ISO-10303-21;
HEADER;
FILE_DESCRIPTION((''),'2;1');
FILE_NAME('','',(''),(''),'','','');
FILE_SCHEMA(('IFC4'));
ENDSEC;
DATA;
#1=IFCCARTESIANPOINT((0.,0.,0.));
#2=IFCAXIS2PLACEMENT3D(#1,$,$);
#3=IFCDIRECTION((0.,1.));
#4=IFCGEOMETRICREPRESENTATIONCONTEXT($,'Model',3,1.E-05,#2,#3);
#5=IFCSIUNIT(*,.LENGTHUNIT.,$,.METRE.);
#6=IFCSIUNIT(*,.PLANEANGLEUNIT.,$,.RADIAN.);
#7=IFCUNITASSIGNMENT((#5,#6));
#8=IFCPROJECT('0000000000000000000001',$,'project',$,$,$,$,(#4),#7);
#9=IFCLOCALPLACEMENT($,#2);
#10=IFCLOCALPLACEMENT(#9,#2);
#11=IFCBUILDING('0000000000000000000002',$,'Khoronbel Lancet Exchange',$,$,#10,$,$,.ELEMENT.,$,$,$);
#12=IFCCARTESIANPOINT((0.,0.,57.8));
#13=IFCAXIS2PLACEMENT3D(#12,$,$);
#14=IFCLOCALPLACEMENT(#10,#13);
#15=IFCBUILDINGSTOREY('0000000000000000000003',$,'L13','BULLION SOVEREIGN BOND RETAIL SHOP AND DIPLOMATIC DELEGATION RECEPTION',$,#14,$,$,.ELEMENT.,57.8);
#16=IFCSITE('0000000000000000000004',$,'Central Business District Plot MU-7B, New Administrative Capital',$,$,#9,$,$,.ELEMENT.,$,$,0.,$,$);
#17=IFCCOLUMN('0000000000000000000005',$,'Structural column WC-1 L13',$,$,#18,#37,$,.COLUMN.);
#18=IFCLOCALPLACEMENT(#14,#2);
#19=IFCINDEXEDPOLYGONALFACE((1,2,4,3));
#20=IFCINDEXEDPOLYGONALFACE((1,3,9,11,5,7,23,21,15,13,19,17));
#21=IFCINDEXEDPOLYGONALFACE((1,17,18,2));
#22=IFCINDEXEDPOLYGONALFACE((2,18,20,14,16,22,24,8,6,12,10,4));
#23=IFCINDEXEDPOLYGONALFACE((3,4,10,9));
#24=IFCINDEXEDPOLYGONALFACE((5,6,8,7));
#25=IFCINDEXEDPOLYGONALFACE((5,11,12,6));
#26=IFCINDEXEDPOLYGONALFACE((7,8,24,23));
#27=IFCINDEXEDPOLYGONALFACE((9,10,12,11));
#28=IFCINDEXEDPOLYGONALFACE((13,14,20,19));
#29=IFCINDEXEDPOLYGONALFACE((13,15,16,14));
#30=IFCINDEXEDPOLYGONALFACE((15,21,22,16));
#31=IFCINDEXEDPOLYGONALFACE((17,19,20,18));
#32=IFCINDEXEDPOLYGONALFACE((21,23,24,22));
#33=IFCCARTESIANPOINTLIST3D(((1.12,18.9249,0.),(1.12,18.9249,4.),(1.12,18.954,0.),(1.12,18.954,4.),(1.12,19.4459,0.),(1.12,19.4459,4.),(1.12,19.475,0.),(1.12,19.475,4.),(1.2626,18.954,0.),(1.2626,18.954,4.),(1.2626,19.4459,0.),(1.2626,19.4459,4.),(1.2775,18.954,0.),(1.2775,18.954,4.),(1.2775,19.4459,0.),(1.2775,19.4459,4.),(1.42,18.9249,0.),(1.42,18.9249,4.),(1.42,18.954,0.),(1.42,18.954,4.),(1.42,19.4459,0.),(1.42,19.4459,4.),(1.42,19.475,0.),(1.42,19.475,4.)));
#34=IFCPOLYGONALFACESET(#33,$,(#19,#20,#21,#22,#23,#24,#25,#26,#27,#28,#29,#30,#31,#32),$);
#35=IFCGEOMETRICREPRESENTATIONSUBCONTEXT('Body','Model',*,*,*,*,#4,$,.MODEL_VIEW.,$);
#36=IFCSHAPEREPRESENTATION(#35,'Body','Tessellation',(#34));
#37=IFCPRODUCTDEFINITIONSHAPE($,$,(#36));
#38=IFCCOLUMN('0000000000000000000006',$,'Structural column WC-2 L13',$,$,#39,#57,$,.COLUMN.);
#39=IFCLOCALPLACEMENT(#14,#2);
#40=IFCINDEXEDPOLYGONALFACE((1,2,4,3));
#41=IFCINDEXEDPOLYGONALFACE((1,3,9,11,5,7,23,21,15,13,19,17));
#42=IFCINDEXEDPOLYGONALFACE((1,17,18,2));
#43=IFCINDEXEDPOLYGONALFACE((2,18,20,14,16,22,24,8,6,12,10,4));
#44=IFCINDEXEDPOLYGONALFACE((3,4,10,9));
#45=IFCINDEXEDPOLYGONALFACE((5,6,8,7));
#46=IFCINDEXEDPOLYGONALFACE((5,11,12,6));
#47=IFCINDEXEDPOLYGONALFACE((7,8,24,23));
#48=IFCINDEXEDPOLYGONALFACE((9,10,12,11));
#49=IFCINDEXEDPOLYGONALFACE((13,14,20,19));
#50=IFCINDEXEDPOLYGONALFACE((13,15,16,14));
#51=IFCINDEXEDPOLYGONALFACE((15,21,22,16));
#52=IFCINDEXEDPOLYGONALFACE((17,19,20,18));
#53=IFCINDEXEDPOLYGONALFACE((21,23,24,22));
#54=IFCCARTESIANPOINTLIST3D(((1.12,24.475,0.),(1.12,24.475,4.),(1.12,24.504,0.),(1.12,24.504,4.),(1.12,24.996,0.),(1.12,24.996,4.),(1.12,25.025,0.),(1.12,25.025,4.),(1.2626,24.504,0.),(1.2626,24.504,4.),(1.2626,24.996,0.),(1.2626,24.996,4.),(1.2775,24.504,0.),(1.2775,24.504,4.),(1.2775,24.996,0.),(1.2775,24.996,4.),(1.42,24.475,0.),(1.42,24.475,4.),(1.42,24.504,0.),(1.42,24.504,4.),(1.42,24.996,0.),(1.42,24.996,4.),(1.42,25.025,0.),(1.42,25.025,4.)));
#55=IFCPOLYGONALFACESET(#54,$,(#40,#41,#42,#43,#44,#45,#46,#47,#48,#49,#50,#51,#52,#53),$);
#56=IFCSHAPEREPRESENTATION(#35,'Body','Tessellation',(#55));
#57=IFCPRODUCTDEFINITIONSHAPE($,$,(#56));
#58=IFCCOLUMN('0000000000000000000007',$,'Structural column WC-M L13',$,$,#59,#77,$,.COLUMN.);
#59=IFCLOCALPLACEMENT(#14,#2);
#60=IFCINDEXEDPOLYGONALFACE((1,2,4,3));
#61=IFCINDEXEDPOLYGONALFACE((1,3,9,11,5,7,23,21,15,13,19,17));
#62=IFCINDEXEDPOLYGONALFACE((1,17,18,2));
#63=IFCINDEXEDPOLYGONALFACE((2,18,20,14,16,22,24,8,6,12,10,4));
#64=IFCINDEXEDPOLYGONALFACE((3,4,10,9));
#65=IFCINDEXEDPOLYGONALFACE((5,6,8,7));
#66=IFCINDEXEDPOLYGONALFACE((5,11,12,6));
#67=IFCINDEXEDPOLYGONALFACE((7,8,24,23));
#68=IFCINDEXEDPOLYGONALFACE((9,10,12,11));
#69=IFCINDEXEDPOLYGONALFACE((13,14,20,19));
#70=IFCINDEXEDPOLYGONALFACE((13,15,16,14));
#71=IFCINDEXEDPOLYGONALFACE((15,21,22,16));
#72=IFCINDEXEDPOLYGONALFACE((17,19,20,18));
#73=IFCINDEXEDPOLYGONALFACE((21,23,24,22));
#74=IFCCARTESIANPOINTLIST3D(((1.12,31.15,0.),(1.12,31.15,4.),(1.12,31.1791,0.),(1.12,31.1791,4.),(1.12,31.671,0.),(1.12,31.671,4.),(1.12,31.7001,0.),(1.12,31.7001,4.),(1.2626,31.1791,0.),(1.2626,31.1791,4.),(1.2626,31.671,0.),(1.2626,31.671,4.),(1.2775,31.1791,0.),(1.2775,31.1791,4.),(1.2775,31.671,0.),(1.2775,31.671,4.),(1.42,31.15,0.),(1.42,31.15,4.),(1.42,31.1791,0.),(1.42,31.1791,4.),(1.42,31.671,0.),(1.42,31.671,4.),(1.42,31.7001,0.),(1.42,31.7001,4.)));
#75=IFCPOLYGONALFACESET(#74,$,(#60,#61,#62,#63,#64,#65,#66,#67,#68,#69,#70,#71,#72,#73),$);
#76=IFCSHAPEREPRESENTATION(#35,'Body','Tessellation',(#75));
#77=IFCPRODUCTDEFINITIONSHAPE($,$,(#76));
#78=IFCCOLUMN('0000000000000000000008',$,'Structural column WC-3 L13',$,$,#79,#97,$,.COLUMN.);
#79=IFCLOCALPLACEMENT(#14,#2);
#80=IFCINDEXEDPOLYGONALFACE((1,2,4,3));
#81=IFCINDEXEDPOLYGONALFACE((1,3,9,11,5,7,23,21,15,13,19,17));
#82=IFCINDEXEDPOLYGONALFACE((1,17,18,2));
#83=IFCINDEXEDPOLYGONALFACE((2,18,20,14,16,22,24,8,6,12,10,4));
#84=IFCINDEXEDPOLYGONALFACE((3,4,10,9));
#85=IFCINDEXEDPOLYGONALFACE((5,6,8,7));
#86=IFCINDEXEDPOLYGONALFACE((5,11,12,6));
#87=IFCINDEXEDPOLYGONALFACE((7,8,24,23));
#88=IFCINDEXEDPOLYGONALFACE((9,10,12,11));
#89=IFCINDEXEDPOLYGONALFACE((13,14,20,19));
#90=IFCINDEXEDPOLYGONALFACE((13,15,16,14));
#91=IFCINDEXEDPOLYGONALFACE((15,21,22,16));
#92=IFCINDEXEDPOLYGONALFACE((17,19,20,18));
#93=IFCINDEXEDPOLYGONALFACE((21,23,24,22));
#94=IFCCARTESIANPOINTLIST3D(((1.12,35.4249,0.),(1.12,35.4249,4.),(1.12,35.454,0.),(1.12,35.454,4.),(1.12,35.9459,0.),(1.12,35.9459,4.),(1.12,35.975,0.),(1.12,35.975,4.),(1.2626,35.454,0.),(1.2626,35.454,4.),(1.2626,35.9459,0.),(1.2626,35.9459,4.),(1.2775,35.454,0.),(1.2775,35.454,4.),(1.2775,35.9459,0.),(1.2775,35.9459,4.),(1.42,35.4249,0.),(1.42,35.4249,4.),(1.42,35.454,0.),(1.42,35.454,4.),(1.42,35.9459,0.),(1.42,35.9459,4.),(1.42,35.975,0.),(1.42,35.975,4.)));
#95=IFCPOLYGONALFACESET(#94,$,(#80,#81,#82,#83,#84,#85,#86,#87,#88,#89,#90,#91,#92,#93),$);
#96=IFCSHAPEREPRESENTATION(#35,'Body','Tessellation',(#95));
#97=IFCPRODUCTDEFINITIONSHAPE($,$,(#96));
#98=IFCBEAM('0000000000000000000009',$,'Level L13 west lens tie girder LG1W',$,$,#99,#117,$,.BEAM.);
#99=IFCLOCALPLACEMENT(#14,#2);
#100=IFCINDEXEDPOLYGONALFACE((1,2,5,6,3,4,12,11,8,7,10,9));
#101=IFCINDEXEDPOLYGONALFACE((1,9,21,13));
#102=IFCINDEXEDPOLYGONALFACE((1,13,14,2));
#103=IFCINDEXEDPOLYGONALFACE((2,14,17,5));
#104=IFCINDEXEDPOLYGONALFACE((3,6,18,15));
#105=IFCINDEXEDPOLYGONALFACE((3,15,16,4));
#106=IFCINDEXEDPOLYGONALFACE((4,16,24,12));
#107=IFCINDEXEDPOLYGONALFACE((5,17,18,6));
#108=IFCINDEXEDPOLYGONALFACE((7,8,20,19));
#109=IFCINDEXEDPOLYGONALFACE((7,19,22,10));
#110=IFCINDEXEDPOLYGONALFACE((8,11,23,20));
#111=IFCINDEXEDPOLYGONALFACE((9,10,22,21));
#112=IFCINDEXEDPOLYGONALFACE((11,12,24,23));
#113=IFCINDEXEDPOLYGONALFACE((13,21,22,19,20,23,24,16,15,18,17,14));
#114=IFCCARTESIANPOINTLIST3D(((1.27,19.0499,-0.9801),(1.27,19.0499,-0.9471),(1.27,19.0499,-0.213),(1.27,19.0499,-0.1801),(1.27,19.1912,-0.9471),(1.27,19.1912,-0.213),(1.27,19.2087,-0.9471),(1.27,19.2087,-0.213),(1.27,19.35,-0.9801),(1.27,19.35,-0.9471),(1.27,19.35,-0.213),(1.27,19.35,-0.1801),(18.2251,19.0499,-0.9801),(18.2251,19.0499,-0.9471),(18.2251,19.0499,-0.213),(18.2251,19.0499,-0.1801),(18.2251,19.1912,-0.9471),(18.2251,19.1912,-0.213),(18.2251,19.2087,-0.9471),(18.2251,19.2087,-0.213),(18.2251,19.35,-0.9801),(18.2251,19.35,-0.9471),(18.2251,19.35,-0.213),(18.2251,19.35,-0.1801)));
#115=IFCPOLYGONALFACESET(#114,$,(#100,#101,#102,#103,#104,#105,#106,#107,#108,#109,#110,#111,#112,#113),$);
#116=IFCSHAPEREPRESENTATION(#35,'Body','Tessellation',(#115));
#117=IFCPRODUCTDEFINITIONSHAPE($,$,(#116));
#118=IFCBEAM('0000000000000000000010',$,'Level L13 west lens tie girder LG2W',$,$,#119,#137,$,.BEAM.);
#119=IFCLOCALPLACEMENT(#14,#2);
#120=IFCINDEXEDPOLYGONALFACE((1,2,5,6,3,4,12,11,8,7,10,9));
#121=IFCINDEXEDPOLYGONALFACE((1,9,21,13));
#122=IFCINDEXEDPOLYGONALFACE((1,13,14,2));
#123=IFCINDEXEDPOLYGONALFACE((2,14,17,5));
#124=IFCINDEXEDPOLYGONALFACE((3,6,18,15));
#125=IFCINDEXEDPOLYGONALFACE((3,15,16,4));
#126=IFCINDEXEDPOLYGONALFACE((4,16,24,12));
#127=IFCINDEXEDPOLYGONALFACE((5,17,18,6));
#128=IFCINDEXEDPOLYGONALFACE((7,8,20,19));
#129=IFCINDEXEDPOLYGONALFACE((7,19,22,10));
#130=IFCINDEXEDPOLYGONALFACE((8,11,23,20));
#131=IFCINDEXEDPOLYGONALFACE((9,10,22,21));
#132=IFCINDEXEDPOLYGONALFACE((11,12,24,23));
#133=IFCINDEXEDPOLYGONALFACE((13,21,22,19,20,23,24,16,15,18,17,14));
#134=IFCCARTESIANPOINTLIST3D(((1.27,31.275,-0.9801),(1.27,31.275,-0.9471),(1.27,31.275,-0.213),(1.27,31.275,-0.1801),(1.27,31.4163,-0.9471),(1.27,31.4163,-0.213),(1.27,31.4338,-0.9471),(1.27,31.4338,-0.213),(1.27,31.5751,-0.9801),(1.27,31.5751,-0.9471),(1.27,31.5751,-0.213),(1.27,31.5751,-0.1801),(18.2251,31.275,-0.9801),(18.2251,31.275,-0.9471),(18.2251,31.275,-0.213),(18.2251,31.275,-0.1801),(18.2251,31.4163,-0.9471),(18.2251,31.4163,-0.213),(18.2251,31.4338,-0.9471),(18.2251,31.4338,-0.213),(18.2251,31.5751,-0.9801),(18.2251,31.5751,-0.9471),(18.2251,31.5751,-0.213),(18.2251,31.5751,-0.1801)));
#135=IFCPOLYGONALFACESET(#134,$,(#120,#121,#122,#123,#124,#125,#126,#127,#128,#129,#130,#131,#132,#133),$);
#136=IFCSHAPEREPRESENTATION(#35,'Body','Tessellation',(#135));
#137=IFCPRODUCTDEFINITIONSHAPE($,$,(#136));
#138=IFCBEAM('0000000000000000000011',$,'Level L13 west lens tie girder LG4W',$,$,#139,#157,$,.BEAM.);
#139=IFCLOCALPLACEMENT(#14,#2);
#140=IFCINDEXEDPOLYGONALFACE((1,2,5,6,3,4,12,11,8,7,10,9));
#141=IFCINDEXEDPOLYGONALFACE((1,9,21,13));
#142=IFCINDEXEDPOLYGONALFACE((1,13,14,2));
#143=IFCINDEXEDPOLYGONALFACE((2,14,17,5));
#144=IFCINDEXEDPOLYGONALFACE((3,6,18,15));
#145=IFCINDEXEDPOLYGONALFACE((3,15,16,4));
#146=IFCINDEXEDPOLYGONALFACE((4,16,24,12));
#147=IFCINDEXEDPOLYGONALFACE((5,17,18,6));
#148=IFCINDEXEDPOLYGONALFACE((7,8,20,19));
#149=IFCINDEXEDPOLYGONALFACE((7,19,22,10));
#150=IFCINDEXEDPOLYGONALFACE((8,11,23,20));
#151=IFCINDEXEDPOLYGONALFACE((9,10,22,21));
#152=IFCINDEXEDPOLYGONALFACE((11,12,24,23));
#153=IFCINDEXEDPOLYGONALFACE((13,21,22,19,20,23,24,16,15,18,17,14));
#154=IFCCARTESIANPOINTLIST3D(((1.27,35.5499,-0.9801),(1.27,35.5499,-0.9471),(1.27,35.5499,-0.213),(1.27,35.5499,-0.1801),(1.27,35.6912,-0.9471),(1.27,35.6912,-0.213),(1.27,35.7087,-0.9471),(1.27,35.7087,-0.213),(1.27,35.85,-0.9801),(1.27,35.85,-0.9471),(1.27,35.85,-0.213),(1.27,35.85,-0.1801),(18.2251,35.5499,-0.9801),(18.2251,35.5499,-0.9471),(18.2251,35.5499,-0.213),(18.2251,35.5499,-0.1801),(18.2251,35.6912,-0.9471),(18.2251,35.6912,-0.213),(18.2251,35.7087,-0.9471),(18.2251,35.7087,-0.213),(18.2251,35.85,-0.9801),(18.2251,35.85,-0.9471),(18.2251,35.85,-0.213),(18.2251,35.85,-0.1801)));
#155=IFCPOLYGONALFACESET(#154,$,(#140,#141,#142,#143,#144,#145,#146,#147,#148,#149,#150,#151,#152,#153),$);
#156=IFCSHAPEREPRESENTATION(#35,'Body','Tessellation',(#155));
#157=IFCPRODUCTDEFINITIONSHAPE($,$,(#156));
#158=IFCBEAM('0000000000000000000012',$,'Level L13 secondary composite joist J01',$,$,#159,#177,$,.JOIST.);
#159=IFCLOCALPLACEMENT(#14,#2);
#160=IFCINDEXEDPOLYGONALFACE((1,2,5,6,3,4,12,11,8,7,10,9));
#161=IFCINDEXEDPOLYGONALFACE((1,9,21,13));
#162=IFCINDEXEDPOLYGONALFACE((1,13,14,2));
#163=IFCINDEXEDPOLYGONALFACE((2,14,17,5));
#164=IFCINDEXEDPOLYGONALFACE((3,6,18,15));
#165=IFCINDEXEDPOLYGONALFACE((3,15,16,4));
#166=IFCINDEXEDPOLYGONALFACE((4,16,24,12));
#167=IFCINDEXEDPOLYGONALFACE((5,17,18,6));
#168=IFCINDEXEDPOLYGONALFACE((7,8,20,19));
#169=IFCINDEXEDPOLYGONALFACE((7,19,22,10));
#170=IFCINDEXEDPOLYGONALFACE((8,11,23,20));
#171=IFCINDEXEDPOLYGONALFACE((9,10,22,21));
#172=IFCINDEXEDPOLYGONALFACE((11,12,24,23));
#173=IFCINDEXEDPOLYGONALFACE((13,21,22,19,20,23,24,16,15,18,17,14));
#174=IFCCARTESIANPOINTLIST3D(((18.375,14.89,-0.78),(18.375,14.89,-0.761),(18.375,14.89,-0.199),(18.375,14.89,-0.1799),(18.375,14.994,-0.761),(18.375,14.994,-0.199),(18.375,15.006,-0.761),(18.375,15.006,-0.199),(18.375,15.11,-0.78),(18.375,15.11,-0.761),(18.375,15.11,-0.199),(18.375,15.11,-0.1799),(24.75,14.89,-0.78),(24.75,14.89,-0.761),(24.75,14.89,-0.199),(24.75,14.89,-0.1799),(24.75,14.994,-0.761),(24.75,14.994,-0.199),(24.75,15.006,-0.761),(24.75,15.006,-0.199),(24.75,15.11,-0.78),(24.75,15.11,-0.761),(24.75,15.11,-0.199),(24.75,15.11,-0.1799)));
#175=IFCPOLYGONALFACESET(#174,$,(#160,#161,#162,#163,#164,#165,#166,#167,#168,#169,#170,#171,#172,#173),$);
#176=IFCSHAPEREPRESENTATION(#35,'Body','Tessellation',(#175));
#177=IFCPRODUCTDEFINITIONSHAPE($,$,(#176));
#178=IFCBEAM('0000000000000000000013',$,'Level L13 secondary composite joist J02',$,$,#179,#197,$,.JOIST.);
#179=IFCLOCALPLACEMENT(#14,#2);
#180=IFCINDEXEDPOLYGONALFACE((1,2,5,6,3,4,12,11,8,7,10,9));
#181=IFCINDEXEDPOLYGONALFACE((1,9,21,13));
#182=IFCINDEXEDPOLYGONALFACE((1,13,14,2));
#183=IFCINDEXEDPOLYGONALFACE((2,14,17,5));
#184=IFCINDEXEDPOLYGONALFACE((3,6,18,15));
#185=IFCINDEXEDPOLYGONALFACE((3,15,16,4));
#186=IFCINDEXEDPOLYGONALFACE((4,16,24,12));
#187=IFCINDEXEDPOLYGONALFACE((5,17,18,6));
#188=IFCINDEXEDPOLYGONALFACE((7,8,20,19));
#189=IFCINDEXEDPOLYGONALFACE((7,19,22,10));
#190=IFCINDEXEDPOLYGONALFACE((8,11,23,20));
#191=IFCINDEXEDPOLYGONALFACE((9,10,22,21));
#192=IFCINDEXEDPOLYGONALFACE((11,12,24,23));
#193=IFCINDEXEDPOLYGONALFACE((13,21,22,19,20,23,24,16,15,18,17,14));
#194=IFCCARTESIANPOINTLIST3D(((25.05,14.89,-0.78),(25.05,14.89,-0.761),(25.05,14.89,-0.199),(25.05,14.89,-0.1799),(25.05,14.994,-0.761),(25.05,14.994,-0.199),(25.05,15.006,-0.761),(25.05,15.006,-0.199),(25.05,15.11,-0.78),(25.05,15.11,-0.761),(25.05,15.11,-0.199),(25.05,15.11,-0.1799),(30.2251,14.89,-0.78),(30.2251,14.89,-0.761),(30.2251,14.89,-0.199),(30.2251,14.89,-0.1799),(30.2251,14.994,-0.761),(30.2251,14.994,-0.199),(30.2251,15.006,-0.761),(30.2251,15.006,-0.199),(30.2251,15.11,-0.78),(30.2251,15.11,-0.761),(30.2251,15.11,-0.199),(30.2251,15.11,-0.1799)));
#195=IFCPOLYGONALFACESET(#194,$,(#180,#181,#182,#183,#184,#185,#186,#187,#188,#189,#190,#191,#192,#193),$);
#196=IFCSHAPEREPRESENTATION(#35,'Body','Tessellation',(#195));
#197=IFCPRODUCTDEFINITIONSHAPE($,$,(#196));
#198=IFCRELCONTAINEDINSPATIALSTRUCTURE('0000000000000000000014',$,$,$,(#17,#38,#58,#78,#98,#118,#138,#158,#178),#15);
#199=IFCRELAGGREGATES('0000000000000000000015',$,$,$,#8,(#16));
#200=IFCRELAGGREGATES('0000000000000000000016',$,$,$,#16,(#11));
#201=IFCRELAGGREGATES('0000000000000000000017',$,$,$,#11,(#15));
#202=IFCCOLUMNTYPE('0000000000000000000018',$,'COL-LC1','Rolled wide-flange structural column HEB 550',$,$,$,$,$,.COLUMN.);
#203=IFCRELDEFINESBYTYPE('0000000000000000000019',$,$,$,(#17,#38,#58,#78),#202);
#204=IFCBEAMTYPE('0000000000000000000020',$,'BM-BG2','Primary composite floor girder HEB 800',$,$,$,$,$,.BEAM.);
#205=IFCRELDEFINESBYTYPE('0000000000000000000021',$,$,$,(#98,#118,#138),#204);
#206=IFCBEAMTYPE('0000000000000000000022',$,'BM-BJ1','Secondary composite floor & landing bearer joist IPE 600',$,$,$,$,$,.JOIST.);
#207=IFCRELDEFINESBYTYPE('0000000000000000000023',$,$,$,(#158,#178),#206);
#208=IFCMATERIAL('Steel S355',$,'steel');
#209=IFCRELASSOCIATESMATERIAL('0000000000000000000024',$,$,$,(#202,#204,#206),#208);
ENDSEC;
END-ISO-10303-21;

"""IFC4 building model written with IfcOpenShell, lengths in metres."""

from ifc_helpers import new_model, si_unit, direction, frame, origin, origin_2d, place, context, subcontext, project, spatial, i_section, extrude, material, material_profile, profile_set, type_object, element, save


model = new_model("IFC4")

# Units and contexts
model_context = context("Model", 3, precision=1e-05, world=origin(), true_north=direction((0.0, 1.0)))
body_context = subcontext(model_context, "Body", "Model", "MODEL_VIEW")
ifc_project = project(units=[si_unit("LENGTHUNIT", "METRE"), si_unit("PLANEANGLEUNIT", "RADIAN")], contexts=[model_context])

# Site, building, storey
site_placement = place(None, origin())
site = spatial("IfcSite", under=ifc_project, at=site_placement, Name="Central Business District Plot MU-7B, New Administrative Capital", CompositionType="ELEMENT", RefElevation=0.0)
building_placement = place(site_placement, origin())
building = spatial("IfcBuilding", under=site, at=building_placement, Name="Khoronbel Lancet Exchange", CompositionType="ELEMENT")
storey_placement = place(building_placement, frame((0.0, 0.0, 57.8)))
storey = spatial("IfcBuildingStorey", under=building, at=storey_placement, Name="L13", Description="BULLION SOVEREIGN BOND RETAIL SHOP AND DIPLOMATIC DELEGATION RECEPTION", CompositionType="ELEMENT", Elevation=57.8)

# Columns
ifc_material_1 = material(Name="Steel S355", Category="steel")
ifc_material_profile_1 = material_profile(ifc_material_1, i_section(OverallWidth=0.3, OverallDepth=0.55, WebThickness=0.0149, FlangeThickness=0.0291, at=origin_2d()), Name="HEB 550")
ifc_profile_set_1 = profile_set([ifc_material_profile_1], Name="Steel S355")
column_type = type_object("IfcColumnType", Name="COL-LC1", Description="Rolled wide-flange structural column HEB 550", PredefinedType="COLUMN", material=ifc_profile_set_1)
for number, where, z_axis, x_axis, name in (
    (1, (1.27, 19.2, 0.0), (0.0, 0.0, 1.0), (1.0, 0.0, 0.0), "Structural column WC-1 L13"),
    (2, (1.27, 24.75, 0.0), (0.0, 0.0, 1.0), (1.0, 0.0, 0.0), "Structural column WC-2 L13"),
    (3, (1.27, 31.425, 0.0), (0.0, 0.0, 1.0), (1.0, 0.0, 0.0), "Structural column WC-M L13"),
    (4, (1.27, 35.7, 0.0), (0.0, 0.0, 1.0), (1.0, 0.0, 0.0), "Structural column WC-3 L13"),
):
    element("IfcColumn", number, at=place(storey_placement, frame(where, z_axis=z_axis, x_axis=x_axis)), inside=storey, type_object=column_type, Name=name, PredefinedType="COLUMN", context=body_context, shape_type="SweptSolid", body=[
        extrude(i_section(OverallWidth=0.3, OverallDepth=0.55, WebThickness=0.0149, FlangeThickness=0.0291, at=origin_2d()), origin(), (0.0, 0.0, 1.0), 4.0),
    ])

# Beams
ifc_material_profile_2 = material_profile(ifc_material_1, i_section(OverallWidth=0.3, OverallDepth=0.8, WebThickness=0.0176, FlangeThickness=0.033, at=origin_2d()), Name="HEB 800")
ifc_profile_set_2 = profile_set([ifc_material_profile_2], Name="Steel S355")
beam_type_1 = type_object("IfcBeamType", Name="BM-BG2", Description="Primary composite floor girder HEB 800", PredefinedType="BEAM", material=ifc_profile_set_2)
for number, where, z_axis, x_axis, name in (
    (5, (1.27, 19.2, -0.5801), (1.0, 0.0, 0.0), (0.0, 1.0, 0.0), "Level L13 west lens tie girder LG1W"),
    (6, (1.27, 31.425, -0.5801), (1.0, 0.0, 0.0), (0.0, 1.0, 0.0), "Level L13 west lens tie girder LG2W"),
    (7, (1.27, 35.7, -0.5801), (1.0, 0.0, 0.0), (0.0, 1.0, 0.0), "Level L13 west lens tie girder LG4W"),
):
    element("IfcBeam", number, at=place(storey_placement, frame(where, z_axis=z_axis, x_axis=x_axis)), inside=storey, type_object=beam_type_1, Name=name, PredefinedType="BEAM", context=body_context, shape_type="SweptSolid", body=[
        extrude(i_section(OverallWidth=0.3, OverallDepth=0.8, WebThickness=0.0176, FlangeThickness=0.033, at=origin_2d()), origin(), (0.0, 0.0, 1.0), 16.9551),
    ])
ifc_material_profile_3 = material_profile(ifc_material_1, i_section(OverallWidth=0.22, OverallDepth=0.6001, WebThickness=0.012, FlangeThickness=0.019, at=origin_2d()), Name="IPE 600")
ifc_profile_set_3 = profile_set([ifc_material_profile_3], Name="Steel S355")
beam_type_2 = type_object("IfcBeamType", Name="BM-BJ1", Description="Secondary composite floor & landing bearer joist IPE 600", PredefinedType="JOIST", material=ifc_profile_set_3)
beam_1_placement = place(storey_placement, frame((18.375, 15.0, -0.48), z_axis=(1.0, 0.0, 0.0), x_axis=(0.0, 1.0, 0.0)))
element("IfcBeam", 8, at=beam_1_placement, inside=storey, type_object=beam_type_2, Name="Level L13 secondary composite joist J01", PredefinedType="JOIST", context=body_context, shape_type="SweptSolid", body=[
    extrude(i_section(OverallWidth=0.22, OverallDepth=0.6001, WebThickness=0.012, FlangeThickness=0.019, at=origin_2d()), origin(), (0.0, 0.0, 1.0), 6.375),
])
beam_2_placement = place(storey_placement, frame((25.05, 15.0, -0.48), z_axis=(1.0, 0.0, 0.0), x_axis=(0.0, 1.0, 0.0)))
element("IfcBeam", 9, at=beam_2_placement, inside=storey, type_object=beam_type_2, Name="Level L13 secondary composite joist J02", PredefinedType="JOIST", context=body_context, shape_type="SweptSolid", body=[
    extrude(i_section(OverallWidth=0.22, OverallDepth=0.6001, WebThickness=0.012, FlangeThickness=0.019, at=origin_2d()), origin(), (0.0, 0.0, 1.0), 5.175),
])

save(model, "model.ifc")
